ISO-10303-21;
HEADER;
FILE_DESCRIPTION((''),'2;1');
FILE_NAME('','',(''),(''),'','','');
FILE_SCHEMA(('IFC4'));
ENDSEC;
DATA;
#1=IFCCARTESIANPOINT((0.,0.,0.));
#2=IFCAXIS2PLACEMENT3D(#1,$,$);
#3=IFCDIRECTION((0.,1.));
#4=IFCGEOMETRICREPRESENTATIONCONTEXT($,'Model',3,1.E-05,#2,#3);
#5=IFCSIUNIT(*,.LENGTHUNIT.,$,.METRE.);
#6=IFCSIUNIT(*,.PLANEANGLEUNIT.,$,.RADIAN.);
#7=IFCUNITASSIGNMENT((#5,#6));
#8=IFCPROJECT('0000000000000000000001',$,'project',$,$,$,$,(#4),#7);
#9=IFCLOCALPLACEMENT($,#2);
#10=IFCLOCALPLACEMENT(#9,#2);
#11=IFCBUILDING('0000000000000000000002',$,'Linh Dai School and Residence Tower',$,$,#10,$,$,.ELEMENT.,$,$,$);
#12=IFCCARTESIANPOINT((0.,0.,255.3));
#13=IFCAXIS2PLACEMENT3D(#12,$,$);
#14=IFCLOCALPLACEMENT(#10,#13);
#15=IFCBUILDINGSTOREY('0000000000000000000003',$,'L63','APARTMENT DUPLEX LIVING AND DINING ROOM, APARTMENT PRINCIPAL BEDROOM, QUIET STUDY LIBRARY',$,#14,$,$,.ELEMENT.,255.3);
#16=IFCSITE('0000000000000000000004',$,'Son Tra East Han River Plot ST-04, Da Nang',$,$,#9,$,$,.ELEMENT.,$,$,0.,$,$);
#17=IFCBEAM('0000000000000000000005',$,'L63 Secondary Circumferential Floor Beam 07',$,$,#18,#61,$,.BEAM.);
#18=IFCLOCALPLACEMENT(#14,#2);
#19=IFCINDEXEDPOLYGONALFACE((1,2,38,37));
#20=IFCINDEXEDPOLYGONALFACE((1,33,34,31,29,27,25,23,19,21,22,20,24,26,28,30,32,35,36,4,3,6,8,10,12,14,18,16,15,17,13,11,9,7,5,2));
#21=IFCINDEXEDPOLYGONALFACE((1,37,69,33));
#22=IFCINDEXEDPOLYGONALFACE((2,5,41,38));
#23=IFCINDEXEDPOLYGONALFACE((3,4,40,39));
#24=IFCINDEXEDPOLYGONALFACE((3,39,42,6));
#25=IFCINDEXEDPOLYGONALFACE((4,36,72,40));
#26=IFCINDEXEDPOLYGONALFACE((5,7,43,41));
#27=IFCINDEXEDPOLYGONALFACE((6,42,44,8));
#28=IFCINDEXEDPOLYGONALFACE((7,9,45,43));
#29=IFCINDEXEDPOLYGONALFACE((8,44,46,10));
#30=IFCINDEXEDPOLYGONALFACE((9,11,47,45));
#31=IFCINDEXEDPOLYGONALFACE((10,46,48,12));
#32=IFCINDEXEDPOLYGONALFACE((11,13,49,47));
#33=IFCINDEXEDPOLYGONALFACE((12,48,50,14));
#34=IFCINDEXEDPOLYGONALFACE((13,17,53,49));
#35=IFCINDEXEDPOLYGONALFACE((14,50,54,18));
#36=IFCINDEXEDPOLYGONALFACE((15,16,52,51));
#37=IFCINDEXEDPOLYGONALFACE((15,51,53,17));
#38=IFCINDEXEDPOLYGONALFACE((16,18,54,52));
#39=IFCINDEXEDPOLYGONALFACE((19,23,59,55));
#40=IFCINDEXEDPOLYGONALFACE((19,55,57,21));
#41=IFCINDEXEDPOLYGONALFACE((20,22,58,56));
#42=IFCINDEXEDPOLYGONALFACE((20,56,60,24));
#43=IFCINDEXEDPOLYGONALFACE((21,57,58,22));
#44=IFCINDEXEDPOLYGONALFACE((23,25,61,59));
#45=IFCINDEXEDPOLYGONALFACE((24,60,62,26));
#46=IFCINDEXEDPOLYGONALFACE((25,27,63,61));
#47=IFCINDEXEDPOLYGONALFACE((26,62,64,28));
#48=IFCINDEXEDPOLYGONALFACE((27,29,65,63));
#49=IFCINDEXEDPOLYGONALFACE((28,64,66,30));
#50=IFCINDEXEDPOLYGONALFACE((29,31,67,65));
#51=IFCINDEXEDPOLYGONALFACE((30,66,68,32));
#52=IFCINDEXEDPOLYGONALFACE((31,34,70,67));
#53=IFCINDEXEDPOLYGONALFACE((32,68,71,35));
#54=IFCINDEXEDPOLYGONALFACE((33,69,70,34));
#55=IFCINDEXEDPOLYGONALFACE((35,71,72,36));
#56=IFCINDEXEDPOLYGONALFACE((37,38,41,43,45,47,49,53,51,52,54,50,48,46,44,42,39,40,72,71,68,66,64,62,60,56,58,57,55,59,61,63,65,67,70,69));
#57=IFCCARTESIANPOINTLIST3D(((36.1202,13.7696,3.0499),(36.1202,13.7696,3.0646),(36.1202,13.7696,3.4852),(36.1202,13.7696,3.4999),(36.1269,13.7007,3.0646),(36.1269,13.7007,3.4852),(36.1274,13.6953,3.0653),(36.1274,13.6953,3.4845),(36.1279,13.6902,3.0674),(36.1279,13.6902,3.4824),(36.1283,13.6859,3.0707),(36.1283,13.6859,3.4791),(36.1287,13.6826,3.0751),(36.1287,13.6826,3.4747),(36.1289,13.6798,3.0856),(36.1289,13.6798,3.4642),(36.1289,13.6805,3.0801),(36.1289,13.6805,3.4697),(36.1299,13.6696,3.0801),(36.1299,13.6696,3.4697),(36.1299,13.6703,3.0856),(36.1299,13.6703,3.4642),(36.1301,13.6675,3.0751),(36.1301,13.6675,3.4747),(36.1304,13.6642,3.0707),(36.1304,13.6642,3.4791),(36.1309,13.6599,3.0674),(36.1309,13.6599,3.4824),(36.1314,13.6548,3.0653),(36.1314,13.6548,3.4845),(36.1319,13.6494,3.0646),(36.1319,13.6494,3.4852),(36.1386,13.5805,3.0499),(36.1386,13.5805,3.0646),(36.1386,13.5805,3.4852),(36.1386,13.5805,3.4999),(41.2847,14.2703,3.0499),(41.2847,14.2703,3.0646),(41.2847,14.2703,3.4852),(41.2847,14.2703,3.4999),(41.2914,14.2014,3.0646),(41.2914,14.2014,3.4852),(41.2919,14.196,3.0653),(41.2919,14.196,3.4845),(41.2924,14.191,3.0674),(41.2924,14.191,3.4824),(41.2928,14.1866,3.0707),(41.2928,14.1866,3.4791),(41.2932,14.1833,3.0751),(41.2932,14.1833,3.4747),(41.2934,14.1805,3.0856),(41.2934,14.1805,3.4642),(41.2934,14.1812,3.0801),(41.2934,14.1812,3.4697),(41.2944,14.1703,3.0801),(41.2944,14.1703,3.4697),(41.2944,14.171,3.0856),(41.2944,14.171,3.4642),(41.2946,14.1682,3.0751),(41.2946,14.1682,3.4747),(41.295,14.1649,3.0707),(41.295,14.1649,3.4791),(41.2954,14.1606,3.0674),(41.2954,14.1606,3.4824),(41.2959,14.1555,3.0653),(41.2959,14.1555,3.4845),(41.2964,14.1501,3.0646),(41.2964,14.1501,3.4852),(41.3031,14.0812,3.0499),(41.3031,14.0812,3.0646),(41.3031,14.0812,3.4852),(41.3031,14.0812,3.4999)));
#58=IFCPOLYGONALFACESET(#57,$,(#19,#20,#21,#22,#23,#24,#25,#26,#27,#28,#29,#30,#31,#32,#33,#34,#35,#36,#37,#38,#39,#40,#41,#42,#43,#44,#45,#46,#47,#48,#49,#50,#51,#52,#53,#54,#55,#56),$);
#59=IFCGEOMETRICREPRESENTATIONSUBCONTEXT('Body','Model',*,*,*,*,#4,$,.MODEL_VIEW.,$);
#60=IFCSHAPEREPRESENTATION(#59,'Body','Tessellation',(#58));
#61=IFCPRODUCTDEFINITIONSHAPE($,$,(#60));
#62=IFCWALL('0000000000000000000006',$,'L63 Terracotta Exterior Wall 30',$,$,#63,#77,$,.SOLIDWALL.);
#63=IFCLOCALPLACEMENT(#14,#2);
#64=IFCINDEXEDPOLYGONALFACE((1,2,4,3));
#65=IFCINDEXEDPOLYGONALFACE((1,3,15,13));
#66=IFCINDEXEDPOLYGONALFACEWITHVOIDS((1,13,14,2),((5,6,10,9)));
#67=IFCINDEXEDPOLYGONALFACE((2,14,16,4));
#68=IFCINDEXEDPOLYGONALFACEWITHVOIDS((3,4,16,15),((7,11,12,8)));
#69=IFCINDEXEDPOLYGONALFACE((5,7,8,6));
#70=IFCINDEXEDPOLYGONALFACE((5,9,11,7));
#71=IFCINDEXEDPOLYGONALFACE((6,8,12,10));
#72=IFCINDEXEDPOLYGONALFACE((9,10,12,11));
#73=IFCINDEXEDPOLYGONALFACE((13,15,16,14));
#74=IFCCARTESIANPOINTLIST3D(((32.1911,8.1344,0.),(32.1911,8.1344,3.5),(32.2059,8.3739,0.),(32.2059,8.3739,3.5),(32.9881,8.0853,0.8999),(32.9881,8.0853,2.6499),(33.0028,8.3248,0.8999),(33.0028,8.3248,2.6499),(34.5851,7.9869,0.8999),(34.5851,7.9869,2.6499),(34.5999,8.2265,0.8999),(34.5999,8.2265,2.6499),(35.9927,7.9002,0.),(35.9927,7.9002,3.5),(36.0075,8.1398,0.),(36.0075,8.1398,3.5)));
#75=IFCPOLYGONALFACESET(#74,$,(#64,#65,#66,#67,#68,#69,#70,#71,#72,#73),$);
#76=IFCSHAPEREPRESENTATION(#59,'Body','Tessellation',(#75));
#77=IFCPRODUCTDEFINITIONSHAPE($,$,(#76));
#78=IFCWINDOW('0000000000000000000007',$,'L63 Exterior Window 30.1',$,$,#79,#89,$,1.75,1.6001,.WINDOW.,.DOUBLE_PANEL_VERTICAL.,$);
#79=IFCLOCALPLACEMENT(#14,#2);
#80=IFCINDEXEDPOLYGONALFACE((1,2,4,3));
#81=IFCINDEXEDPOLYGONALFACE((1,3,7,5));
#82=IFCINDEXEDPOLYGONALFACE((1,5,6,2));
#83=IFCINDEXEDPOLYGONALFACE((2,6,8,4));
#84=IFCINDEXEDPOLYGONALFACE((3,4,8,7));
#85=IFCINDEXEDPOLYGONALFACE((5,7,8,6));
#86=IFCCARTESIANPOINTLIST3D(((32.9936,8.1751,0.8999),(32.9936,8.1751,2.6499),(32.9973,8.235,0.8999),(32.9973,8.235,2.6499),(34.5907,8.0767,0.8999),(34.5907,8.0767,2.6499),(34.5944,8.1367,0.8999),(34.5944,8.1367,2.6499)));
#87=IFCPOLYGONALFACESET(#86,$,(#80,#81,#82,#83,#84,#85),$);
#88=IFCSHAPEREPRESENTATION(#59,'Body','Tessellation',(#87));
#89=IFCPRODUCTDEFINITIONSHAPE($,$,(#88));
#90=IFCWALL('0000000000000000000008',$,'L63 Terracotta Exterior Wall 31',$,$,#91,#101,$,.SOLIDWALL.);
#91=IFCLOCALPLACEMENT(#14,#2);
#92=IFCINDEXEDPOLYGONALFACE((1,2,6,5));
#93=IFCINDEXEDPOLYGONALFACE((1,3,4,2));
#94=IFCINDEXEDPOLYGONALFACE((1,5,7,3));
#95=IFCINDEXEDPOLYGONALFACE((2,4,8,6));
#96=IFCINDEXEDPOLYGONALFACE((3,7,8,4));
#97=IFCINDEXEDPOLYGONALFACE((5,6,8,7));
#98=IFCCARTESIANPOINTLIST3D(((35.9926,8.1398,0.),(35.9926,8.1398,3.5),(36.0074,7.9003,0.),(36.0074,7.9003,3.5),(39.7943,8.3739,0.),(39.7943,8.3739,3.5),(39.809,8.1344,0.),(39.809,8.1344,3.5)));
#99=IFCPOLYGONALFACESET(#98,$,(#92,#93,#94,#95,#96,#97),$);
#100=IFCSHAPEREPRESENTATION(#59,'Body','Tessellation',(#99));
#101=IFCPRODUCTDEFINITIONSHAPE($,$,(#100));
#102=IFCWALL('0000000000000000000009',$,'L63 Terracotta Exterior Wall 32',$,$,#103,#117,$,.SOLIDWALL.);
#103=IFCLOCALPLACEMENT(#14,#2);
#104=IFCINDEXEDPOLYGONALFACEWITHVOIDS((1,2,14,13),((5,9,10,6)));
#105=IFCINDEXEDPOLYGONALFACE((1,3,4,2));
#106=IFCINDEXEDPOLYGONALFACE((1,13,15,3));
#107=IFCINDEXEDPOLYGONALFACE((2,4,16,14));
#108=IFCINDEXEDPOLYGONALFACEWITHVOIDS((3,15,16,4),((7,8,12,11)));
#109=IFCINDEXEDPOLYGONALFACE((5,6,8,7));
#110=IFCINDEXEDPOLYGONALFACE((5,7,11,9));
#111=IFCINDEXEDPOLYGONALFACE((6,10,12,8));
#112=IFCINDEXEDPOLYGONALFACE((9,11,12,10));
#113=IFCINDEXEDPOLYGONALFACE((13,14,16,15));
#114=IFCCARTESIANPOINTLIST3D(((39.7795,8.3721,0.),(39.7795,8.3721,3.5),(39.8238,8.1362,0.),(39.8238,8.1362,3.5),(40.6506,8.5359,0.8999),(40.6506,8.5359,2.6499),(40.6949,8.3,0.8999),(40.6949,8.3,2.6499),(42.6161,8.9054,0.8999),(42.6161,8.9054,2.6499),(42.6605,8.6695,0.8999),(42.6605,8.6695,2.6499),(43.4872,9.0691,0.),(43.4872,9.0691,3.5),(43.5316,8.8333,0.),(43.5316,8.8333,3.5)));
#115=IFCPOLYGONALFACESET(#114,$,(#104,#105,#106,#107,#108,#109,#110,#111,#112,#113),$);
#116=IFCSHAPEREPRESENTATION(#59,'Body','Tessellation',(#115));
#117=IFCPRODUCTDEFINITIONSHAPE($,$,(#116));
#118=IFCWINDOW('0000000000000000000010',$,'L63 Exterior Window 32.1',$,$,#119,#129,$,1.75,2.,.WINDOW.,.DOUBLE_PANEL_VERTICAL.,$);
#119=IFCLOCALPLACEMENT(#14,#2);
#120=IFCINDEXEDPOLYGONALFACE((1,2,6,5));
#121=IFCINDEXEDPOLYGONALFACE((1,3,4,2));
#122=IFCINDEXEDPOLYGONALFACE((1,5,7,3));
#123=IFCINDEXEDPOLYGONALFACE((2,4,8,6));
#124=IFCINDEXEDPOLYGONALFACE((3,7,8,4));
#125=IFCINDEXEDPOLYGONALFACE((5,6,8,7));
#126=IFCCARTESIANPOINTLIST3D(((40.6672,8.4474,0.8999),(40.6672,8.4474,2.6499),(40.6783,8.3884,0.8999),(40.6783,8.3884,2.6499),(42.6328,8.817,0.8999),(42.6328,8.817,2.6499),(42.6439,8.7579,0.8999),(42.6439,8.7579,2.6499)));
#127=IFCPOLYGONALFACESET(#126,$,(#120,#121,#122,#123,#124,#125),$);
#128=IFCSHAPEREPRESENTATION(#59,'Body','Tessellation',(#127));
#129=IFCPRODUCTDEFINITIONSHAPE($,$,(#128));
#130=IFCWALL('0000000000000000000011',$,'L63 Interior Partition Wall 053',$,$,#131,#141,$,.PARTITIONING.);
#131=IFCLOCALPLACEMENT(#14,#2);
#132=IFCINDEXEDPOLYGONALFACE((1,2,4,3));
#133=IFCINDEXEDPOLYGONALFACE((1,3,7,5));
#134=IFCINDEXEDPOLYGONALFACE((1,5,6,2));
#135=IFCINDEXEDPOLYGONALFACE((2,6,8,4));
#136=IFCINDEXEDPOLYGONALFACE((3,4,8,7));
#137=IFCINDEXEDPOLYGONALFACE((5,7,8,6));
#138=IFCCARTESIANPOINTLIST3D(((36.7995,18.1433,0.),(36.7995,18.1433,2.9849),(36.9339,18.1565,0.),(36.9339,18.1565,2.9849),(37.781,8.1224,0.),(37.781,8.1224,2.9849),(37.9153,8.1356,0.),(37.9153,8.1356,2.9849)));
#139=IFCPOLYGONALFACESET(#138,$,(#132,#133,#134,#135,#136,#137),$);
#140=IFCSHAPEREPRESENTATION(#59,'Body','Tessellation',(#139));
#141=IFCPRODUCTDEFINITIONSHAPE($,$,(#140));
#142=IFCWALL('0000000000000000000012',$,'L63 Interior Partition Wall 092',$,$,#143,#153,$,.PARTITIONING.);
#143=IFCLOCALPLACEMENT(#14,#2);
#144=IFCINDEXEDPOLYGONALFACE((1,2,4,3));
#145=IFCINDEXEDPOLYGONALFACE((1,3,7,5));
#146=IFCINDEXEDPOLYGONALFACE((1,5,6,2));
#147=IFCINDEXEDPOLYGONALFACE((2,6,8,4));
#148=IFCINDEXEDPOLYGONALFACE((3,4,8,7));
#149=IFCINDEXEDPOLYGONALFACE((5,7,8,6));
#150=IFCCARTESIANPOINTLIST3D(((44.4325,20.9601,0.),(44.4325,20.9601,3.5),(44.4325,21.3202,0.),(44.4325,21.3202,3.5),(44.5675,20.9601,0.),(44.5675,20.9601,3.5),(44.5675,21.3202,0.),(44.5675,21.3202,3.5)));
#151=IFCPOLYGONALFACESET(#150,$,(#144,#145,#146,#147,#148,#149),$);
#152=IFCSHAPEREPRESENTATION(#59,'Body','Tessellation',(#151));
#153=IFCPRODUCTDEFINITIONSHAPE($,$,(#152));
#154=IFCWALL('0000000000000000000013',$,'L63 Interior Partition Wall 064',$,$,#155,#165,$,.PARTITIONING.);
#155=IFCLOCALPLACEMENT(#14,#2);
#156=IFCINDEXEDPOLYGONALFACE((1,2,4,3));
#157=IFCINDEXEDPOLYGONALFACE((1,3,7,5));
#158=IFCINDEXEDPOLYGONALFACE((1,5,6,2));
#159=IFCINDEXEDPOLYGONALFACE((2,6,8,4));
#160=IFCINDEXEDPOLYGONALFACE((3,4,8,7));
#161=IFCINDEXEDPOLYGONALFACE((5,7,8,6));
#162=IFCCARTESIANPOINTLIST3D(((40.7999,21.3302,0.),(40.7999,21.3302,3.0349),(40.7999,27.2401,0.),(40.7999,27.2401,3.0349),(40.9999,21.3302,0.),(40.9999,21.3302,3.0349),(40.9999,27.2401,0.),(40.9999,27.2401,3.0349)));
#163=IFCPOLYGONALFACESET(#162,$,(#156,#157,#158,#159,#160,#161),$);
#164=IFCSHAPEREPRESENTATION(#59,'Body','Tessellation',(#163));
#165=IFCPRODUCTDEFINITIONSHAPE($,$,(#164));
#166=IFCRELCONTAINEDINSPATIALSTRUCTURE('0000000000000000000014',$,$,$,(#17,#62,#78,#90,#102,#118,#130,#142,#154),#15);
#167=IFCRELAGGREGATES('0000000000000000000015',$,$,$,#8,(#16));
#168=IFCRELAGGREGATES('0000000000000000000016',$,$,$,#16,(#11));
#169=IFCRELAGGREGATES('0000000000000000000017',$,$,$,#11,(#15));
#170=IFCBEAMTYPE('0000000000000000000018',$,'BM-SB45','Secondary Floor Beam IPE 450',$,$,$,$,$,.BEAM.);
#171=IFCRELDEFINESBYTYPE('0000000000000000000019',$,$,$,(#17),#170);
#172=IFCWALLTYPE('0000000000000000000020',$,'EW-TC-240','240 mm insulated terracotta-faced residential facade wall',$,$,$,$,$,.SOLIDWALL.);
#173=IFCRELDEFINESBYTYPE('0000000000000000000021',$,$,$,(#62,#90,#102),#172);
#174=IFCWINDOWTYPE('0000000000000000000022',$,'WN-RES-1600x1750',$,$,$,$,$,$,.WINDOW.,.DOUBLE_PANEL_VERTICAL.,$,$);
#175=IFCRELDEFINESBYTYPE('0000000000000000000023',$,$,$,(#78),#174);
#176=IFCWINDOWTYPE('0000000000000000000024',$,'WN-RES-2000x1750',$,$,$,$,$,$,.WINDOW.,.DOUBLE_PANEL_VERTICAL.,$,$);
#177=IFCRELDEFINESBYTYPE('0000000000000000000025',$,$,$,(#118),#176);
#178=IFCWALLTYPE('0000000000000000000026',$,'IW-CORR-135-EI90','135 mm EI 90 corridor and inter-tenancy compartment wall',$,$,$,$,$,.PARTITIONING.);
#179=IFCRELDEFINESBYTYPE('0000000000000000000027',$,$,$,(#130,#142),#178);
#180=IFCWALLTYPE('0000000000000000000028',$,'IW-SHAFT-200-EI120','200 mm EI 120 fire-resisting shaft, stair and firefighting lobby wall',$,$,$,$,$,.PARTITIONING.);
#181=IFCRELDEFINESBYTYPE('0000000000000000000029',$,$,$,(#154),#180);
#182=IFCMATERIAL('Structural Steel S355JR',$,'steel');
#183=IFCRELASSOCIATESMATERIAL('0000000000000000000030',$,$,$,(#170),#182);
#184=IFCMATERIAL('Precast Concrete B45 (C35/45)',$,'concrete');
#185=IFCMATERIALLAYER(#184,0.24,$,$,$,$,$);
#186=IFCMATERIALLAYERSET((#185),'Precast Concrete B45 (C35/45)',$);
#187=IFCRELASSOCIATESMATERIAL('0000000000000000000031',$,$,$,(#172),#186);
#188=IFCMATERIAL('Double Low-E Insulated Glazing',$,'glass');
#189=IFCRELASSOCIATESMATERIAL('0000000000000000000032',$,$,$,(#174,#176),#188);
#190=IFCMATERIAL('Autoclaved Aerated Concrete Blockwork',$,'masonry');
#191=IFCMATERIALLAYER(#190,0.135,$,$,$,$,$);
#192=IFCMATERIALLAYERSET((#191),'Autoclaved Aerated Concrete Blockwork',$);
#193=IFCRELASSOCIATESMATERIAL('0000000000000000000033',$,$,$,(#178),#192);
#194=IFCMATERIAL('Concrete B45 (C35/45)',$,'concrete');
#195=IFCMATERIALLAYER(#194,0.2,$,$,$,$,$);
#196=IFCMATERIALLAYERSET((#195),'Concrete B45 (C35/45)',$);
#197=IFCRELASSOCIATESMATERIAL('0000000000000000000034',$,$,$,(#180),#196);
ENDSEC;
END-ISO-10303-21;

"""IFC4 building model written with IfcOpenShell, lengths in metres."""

from ifc_helpers import new_model, si_unit, direction, frame, frame_2d, origin, origin_2d, place, context, subcontext, project, spatial, rectangle, i_section, extrude, source, transform, mapped, material, layer, layer_set, material_profile, profile_set, type_object, element, fill, save


model = new_model("IFC4")

# Units and contexts
model_context = context("Model", 3, precision=1e-05, world=origin(), true_north=direction((0.0, 1.0)))
body_context = subcontext(model_context, "Body", "Model", "MODEL_VIEW")
ifc_project = project(units=[si_unit("LENGTHUNIT", "METRE"), si_unit("PLANEANGLEUNIT", "RADIAN")], contexts=[model_context])

# Site, building, storey
site_placement = place(None, origin())
site = spatial("IfcSite", under=ifc_project, at=site_placement, Name="Son Tra East Han River Plot ST-04, Da Nang", CompositionType="ELEMENT", RefElevation=0.0)
building_placement = place(site_placement, origin())
building = spatial("IfcBuilding", under=site, at=building_placement, Name="Linh Dai School and Residence Tower", CompositionType="ELEMENT")
storey_placement = place(building_placement, frame((0.0, 0.0, 255.3)))
storey = spatial("IfcBuildingStorey", under=building, at=storey_placement, Name="L63", Description="APARTMENT DUPLEX LIVING AND DINING ROOM, APARTMENT PRINCIPAL BEDROOM, QUIET STUDY LIBRARY", CompositionType="ELEMENT", Elevation=255.3)

# Shared definitions
ifc_material_1 = material(Name="Structural Steel S355JR", Category="steel")

# Beam
ifc_material_profile_1 = material_profile(ifc_material_1, i_section(OverallWidth=0.1899, OverallDepth=0.45, WebThickness=0.0095, FlangeThickness=0.0146, FilletRadius=0.021, at=origin_2d()), Name="IPE 450")
ifc_profile_set_1 = profile_set([ifc_material_profile_1], Name="Structural Steel S355JR")
beam_type_1 = type_object("IfcBeamType", Name="BM-SB45", Description="Secondary Floor Beam IPE 450", PredefinedType="BEAM", material=ifc_profile_set_1)
beam_1_placement = place(storey_placement, frame((36.1294, 13.675, 3.2749), z_axis=(0.995333, 0.096503, 0.0), x_axis=(-0.096503, 0.995333, 0.0)))
element("IfcBeam", 1, at=beam_1_placement, inside=storey, type_object=beam_type_1, Name="L63 Secondary Circumferential Floor Beam 07", PredefinedType="BEAM", context=body_context, shape_type="SweptSolid", body=[
    extrude(i_section(OverallWidth=0.1899, OverallDepth=0.45, WebThickness=0.0095, FlangeThickness=0.0146, FilletRadius=0.021, at=origin_2d()), origin(), (0.0, 0.0, 1.0), 5.1887),
])

# Wall, opening, window
ifc_material_2 = material(Name="Precast Concrete B45 (C35/45)", Category="concrete")
ifc_layer_1 = layer(ifc_material_2, 0.24)
ifc_layer_set_1 = layer_set([ifc_layer_1], Name="Precast Concrete B45 (C35/45)")
wall_type_1 = type_object("IfcWallType", Name="EW-TC-240", Description="240 mm insulated terracotta-faced residential facade wall", PredefinedType="SOLIDWALL", material=ifc_layer_set_1)
wall_1_placement = place(storey_placement, frame((36.0, 8.02, 0.0), z_axis=(0.0, 0.0, 1.0), x_axis=(-0.998109, 0.061472, 0.0)))
wall_1 = element("IfcWall", 2, at=wall_1_placement, inside=storey, type_object=wall_type_1, Name="L63 Terracotta Exterior Wall 30", PredefinedType="SOLIDWALL", context=body_context, shape_type="SweptSolid", body=[
    extrude(rectangle(XDim=3.8088, YDim=0.24, at=frame_2d((1.9043, 0.0))), origin(), (0.0, 0.0, 1.0), 3.5),
])
opening_1_placement = place(wall_1_placement, frame((1.4102, 0.0, 0.8999)))
opening_1 = element("IfcOpeningElement", 3, at=opening_1_placement, cuts=wall_1, PredefinedType="OPENING", context=body_context, shape_type="SweptSolid", body=[
    extrude(rectangle(XDim=1.6001, YDim=1.75, at=origin_2d()), frame((0.8, 0.1299, 0.875), z_axis=(0.0, -1.0, 0.0), x_axis=(1.0, 0.0, 0.0)), (0.0, 0.0, 1.0), 0.26),
])
ifc_material_3 = material(Name="Double Low-E Insulated Glazing", Category="glass")
window_type_1 = type_object("IfcWindowType", Name="WN-RES-1600x1750", PartitioningType="DOUBLE_PANEL_VERTICAL", PredefinedType="WINDOW", material=ifc_material_3)
shared_shape_1 = source(origin(), body_context, "Body", "SweptSolid", [
    extrude(rectangle(XDim=1.6001, YDim=1.75, at=origin_2d()), frame((0.8, 0.03, 0.875), z_axis=(0.0, -1.0, 0.0), x_axis=(1.0, 0.0, 0.0)), (0.0, 0.0, 1.0), 0.0601),
])
window_1_placement = place(opening_1_placement, origin())
window_1 = element("IfcWindow", 4, at=window_1_placement, inside=storey, type_object=window_type_1, Name="L63 Exterior Window 30.1", OverallHeight=1.75, OverallWidth=1.6001, PartitioningType="DOUBLE_PANEL_VERTICAL", PredefinedType="WINDOW", context=body_context, shape_type="MappedRepresentation", body=[
    mapped(shared_shape_1, transform((0.0, 0.0, 0.0), x_axis=(1.0, 0.0, 0.0), y_axis=(0.0, 1.0, 0.0), z_axis=(0.0, 0.0, 1.0), scale=1.0)),
])
fill(opening_1, window_1)

# Wall
wall_2_placement = place(storey_placement, frame((39.8015, 8.2542, 0.0), z_axis=(0.0, 0.0, 1.0), x_axis=(-0.998109, -0.061472, 0.0)))
element("IfcWall", 5, at=wall_2_placement, inside=storey, type_object=wall_type_1, Name="L63 Terracotta Exterior Wall 31", PredefinedType="SOLIDWALL", context=body_context, shape_type="SweptSolid", body=[
    extrude(rectangle(XDim=3.8088, YDim=0.24, at=frame_2d((1.9043, 0.0))), origin(), (0.0, 0.0, 1.0), 3.5),
])

# Wall, opening, window
wall_3_placement = place(storey_placement, frame((43.5093, 8.9512, 0.0), z_axis=(0.0, 0.0, 1.0), x_axis=(-0.982785, -0.184753, 0.0)))
wall_3 = element("IfcWall", 6, at=wall_3_placement, inside=storey, type_object=wall_type_1, Name="L63 Terracotta Exterior Wall 32", PredefinedType="SOLIDWALL", context=body_context, shape_type="SweptSolid", body=[
    extrude(rectangle(XDim=3.7727, YDim=0.24, at=frame_2d((1.8862, 0.0))), origin(), (0.0, 0.0, 1.0), 3.5),
])
opening_2_placement = place(wall_3_placement, frame((0.8862, 0.0, 0.8999)))
opening_2 = element("IfcOpeningElement", 7, at=opening_2_placement, cuts=wall_3, PredefinedType="OPENING", context=body_context, shape_type="SweptSolid", body=[
    extrude(rectangle(XDim=2.0, YDim=1.75, at=origin_2d()), frame((1.0, 0.1299, 0.875), z_axis=(0.0, -1.0, 0.0), x_axis=(1.0, 0.0, 0.0)), (0.0, 0.0, 1.0), 0.26),
])
window_type_2 = type_object("IfcWindowType", Name="WN-RES-2000x1750", PartitioningType="DOUBLE_PANEL_VERTICAL", PredefinedType="WINDOW", material=ifc_material_3)
shared_shape_2 = source(origin(), body_context, "Body", "SweptSolid", [
    extrude(rectangle(XDim=2.0, YDim=1.75, at=origin_2d()), frame((1.0, 0.03, 0.875), z_axis=(0.0, -1.0, 0.0), x_axis=(1.0, 0.0, 0.0)), (0.0, 0.0, 1.0), 0.0601),
])
window_2_placement = place(opening_2_placement, origin())
window_2 = element("IfcWindow", 8, at=window_2_placement, inside=storey, type_object=window_type_2, Name="L63 Exterior Window 32.1", OverallHeight=1.75, OverallWidth=2.0, PartitioningType="DOUBLE_PANEL_VERTICAL", PredefinedType="WINDOW", context=body_context, shape_type="MappedRepresentation", body=[
    mapped(shared_shape_2, transform((0.0, 0.0, 0.0), x_axis=(1.0, 0.0, 0.0), y_axis=(0.0, 1.0, 0.0), z_axis=(0.0, 0.0, 1.0), scale=1.0)),
])
fill(opening_2, window_2)

# Walls
ifc_material_4 = material(Name="Autoclaved Aerated Concrete Blockwork", Category="masonry")
ifc_layer_2 = layer(ifc_material_4, 0.135)
ifc_layer_set_2 = layer_set([ifc_layer_2], Name="Autoclaved Aerated Concrete Blockwork")
wall_type_2 = type_object("IfcWallType", Name="IW-CORR-135-EI90", Description="135 mm EI 90 corridor and inter-tenancy compartment wall", PredefinedType="PARTITIONING", material=ifc_layer_set_2)
wall_4_placement = place(storey_placement, frame((36.8667, 18.1499, 0.0), z_axis=(0.0, 0.0, 1.0), x_axis=(0.097473, -0.995238, 0.0)))
element("IfcWall", 9, at=wall_4_placement, inside=storey, type_object=wall_type_2, Name="L63 Interior Partition Wall 053", PredefinedType="PARTITIONING", context=body_context, shape_type="SweptSolid", body=[
    extrude(rectangle(XDim=10.0688, YDim=0.135, at=frame_2d((5.0344, 0.0))), origin(), (0.0, 0.0, 1.0), 2.9849),
])
wall_5_placement = place(storey_placement, frame((44.5, 20.96, 0.0), z_axis=(0.0, 0.0, 1.0), x_axis=(0.0, 1.0, 0.0)))
element("IfcWall", 10, at=wall_5_placement, inside=storey, type_object=wall_type_2, Name="L63 Interior Partition Wall 092", PredefinedType="PARTITIONING", context=body_context, shape_type="SweptSolid", body=[
    extrude(rectangle(XDim=0.3601, YDim=0.135, at=frame_2d((0.1802, 0.0))), origin(), (0.0, 0.0, 1.0), 3.5),
])
ifc_material_5 = material(Name="Concrete B45 (C35/45)", Category="concrete")
ifc_layer_3 = layer(ifc_material_5, 0.2)
ifc_layer_set_3 = layer_set([ifc_layer_3], Name="Concrete B45 (C35/45)")
wall_type_3 = type_object("IfcWallType", Name="IW-SHAFT-200-EI120", Description="200 mm EI 120 fire-resisting shaft, stair and firefighting lobby wall", PredefinedType="PARTITIONING", material=ifc_layer_set_3)
wall_6_placement = place(storey_placement, frame((40.8999, 21.3301, 0.0), z_axis=(0.0, 0.0, 1.0), x_axis=(0.0, 1.0, 0.0)))
element("IfcWall", 11, at=wall_6_placement, inside=storey, type_object=wall_type_3, Name="L63 Interior Partition Wall 064", PredefinedType="PARTITIONING", context=body_context, shape_type="SweptSolid", body=[
    extrude(rectangle(XDim=5.9099, YDim=0.2, at=frame_2d((2.9551, 0.0))), origin(), (0.0, 0.0, 1.0), 3.0349),
])

save(model, "model.ifc")
